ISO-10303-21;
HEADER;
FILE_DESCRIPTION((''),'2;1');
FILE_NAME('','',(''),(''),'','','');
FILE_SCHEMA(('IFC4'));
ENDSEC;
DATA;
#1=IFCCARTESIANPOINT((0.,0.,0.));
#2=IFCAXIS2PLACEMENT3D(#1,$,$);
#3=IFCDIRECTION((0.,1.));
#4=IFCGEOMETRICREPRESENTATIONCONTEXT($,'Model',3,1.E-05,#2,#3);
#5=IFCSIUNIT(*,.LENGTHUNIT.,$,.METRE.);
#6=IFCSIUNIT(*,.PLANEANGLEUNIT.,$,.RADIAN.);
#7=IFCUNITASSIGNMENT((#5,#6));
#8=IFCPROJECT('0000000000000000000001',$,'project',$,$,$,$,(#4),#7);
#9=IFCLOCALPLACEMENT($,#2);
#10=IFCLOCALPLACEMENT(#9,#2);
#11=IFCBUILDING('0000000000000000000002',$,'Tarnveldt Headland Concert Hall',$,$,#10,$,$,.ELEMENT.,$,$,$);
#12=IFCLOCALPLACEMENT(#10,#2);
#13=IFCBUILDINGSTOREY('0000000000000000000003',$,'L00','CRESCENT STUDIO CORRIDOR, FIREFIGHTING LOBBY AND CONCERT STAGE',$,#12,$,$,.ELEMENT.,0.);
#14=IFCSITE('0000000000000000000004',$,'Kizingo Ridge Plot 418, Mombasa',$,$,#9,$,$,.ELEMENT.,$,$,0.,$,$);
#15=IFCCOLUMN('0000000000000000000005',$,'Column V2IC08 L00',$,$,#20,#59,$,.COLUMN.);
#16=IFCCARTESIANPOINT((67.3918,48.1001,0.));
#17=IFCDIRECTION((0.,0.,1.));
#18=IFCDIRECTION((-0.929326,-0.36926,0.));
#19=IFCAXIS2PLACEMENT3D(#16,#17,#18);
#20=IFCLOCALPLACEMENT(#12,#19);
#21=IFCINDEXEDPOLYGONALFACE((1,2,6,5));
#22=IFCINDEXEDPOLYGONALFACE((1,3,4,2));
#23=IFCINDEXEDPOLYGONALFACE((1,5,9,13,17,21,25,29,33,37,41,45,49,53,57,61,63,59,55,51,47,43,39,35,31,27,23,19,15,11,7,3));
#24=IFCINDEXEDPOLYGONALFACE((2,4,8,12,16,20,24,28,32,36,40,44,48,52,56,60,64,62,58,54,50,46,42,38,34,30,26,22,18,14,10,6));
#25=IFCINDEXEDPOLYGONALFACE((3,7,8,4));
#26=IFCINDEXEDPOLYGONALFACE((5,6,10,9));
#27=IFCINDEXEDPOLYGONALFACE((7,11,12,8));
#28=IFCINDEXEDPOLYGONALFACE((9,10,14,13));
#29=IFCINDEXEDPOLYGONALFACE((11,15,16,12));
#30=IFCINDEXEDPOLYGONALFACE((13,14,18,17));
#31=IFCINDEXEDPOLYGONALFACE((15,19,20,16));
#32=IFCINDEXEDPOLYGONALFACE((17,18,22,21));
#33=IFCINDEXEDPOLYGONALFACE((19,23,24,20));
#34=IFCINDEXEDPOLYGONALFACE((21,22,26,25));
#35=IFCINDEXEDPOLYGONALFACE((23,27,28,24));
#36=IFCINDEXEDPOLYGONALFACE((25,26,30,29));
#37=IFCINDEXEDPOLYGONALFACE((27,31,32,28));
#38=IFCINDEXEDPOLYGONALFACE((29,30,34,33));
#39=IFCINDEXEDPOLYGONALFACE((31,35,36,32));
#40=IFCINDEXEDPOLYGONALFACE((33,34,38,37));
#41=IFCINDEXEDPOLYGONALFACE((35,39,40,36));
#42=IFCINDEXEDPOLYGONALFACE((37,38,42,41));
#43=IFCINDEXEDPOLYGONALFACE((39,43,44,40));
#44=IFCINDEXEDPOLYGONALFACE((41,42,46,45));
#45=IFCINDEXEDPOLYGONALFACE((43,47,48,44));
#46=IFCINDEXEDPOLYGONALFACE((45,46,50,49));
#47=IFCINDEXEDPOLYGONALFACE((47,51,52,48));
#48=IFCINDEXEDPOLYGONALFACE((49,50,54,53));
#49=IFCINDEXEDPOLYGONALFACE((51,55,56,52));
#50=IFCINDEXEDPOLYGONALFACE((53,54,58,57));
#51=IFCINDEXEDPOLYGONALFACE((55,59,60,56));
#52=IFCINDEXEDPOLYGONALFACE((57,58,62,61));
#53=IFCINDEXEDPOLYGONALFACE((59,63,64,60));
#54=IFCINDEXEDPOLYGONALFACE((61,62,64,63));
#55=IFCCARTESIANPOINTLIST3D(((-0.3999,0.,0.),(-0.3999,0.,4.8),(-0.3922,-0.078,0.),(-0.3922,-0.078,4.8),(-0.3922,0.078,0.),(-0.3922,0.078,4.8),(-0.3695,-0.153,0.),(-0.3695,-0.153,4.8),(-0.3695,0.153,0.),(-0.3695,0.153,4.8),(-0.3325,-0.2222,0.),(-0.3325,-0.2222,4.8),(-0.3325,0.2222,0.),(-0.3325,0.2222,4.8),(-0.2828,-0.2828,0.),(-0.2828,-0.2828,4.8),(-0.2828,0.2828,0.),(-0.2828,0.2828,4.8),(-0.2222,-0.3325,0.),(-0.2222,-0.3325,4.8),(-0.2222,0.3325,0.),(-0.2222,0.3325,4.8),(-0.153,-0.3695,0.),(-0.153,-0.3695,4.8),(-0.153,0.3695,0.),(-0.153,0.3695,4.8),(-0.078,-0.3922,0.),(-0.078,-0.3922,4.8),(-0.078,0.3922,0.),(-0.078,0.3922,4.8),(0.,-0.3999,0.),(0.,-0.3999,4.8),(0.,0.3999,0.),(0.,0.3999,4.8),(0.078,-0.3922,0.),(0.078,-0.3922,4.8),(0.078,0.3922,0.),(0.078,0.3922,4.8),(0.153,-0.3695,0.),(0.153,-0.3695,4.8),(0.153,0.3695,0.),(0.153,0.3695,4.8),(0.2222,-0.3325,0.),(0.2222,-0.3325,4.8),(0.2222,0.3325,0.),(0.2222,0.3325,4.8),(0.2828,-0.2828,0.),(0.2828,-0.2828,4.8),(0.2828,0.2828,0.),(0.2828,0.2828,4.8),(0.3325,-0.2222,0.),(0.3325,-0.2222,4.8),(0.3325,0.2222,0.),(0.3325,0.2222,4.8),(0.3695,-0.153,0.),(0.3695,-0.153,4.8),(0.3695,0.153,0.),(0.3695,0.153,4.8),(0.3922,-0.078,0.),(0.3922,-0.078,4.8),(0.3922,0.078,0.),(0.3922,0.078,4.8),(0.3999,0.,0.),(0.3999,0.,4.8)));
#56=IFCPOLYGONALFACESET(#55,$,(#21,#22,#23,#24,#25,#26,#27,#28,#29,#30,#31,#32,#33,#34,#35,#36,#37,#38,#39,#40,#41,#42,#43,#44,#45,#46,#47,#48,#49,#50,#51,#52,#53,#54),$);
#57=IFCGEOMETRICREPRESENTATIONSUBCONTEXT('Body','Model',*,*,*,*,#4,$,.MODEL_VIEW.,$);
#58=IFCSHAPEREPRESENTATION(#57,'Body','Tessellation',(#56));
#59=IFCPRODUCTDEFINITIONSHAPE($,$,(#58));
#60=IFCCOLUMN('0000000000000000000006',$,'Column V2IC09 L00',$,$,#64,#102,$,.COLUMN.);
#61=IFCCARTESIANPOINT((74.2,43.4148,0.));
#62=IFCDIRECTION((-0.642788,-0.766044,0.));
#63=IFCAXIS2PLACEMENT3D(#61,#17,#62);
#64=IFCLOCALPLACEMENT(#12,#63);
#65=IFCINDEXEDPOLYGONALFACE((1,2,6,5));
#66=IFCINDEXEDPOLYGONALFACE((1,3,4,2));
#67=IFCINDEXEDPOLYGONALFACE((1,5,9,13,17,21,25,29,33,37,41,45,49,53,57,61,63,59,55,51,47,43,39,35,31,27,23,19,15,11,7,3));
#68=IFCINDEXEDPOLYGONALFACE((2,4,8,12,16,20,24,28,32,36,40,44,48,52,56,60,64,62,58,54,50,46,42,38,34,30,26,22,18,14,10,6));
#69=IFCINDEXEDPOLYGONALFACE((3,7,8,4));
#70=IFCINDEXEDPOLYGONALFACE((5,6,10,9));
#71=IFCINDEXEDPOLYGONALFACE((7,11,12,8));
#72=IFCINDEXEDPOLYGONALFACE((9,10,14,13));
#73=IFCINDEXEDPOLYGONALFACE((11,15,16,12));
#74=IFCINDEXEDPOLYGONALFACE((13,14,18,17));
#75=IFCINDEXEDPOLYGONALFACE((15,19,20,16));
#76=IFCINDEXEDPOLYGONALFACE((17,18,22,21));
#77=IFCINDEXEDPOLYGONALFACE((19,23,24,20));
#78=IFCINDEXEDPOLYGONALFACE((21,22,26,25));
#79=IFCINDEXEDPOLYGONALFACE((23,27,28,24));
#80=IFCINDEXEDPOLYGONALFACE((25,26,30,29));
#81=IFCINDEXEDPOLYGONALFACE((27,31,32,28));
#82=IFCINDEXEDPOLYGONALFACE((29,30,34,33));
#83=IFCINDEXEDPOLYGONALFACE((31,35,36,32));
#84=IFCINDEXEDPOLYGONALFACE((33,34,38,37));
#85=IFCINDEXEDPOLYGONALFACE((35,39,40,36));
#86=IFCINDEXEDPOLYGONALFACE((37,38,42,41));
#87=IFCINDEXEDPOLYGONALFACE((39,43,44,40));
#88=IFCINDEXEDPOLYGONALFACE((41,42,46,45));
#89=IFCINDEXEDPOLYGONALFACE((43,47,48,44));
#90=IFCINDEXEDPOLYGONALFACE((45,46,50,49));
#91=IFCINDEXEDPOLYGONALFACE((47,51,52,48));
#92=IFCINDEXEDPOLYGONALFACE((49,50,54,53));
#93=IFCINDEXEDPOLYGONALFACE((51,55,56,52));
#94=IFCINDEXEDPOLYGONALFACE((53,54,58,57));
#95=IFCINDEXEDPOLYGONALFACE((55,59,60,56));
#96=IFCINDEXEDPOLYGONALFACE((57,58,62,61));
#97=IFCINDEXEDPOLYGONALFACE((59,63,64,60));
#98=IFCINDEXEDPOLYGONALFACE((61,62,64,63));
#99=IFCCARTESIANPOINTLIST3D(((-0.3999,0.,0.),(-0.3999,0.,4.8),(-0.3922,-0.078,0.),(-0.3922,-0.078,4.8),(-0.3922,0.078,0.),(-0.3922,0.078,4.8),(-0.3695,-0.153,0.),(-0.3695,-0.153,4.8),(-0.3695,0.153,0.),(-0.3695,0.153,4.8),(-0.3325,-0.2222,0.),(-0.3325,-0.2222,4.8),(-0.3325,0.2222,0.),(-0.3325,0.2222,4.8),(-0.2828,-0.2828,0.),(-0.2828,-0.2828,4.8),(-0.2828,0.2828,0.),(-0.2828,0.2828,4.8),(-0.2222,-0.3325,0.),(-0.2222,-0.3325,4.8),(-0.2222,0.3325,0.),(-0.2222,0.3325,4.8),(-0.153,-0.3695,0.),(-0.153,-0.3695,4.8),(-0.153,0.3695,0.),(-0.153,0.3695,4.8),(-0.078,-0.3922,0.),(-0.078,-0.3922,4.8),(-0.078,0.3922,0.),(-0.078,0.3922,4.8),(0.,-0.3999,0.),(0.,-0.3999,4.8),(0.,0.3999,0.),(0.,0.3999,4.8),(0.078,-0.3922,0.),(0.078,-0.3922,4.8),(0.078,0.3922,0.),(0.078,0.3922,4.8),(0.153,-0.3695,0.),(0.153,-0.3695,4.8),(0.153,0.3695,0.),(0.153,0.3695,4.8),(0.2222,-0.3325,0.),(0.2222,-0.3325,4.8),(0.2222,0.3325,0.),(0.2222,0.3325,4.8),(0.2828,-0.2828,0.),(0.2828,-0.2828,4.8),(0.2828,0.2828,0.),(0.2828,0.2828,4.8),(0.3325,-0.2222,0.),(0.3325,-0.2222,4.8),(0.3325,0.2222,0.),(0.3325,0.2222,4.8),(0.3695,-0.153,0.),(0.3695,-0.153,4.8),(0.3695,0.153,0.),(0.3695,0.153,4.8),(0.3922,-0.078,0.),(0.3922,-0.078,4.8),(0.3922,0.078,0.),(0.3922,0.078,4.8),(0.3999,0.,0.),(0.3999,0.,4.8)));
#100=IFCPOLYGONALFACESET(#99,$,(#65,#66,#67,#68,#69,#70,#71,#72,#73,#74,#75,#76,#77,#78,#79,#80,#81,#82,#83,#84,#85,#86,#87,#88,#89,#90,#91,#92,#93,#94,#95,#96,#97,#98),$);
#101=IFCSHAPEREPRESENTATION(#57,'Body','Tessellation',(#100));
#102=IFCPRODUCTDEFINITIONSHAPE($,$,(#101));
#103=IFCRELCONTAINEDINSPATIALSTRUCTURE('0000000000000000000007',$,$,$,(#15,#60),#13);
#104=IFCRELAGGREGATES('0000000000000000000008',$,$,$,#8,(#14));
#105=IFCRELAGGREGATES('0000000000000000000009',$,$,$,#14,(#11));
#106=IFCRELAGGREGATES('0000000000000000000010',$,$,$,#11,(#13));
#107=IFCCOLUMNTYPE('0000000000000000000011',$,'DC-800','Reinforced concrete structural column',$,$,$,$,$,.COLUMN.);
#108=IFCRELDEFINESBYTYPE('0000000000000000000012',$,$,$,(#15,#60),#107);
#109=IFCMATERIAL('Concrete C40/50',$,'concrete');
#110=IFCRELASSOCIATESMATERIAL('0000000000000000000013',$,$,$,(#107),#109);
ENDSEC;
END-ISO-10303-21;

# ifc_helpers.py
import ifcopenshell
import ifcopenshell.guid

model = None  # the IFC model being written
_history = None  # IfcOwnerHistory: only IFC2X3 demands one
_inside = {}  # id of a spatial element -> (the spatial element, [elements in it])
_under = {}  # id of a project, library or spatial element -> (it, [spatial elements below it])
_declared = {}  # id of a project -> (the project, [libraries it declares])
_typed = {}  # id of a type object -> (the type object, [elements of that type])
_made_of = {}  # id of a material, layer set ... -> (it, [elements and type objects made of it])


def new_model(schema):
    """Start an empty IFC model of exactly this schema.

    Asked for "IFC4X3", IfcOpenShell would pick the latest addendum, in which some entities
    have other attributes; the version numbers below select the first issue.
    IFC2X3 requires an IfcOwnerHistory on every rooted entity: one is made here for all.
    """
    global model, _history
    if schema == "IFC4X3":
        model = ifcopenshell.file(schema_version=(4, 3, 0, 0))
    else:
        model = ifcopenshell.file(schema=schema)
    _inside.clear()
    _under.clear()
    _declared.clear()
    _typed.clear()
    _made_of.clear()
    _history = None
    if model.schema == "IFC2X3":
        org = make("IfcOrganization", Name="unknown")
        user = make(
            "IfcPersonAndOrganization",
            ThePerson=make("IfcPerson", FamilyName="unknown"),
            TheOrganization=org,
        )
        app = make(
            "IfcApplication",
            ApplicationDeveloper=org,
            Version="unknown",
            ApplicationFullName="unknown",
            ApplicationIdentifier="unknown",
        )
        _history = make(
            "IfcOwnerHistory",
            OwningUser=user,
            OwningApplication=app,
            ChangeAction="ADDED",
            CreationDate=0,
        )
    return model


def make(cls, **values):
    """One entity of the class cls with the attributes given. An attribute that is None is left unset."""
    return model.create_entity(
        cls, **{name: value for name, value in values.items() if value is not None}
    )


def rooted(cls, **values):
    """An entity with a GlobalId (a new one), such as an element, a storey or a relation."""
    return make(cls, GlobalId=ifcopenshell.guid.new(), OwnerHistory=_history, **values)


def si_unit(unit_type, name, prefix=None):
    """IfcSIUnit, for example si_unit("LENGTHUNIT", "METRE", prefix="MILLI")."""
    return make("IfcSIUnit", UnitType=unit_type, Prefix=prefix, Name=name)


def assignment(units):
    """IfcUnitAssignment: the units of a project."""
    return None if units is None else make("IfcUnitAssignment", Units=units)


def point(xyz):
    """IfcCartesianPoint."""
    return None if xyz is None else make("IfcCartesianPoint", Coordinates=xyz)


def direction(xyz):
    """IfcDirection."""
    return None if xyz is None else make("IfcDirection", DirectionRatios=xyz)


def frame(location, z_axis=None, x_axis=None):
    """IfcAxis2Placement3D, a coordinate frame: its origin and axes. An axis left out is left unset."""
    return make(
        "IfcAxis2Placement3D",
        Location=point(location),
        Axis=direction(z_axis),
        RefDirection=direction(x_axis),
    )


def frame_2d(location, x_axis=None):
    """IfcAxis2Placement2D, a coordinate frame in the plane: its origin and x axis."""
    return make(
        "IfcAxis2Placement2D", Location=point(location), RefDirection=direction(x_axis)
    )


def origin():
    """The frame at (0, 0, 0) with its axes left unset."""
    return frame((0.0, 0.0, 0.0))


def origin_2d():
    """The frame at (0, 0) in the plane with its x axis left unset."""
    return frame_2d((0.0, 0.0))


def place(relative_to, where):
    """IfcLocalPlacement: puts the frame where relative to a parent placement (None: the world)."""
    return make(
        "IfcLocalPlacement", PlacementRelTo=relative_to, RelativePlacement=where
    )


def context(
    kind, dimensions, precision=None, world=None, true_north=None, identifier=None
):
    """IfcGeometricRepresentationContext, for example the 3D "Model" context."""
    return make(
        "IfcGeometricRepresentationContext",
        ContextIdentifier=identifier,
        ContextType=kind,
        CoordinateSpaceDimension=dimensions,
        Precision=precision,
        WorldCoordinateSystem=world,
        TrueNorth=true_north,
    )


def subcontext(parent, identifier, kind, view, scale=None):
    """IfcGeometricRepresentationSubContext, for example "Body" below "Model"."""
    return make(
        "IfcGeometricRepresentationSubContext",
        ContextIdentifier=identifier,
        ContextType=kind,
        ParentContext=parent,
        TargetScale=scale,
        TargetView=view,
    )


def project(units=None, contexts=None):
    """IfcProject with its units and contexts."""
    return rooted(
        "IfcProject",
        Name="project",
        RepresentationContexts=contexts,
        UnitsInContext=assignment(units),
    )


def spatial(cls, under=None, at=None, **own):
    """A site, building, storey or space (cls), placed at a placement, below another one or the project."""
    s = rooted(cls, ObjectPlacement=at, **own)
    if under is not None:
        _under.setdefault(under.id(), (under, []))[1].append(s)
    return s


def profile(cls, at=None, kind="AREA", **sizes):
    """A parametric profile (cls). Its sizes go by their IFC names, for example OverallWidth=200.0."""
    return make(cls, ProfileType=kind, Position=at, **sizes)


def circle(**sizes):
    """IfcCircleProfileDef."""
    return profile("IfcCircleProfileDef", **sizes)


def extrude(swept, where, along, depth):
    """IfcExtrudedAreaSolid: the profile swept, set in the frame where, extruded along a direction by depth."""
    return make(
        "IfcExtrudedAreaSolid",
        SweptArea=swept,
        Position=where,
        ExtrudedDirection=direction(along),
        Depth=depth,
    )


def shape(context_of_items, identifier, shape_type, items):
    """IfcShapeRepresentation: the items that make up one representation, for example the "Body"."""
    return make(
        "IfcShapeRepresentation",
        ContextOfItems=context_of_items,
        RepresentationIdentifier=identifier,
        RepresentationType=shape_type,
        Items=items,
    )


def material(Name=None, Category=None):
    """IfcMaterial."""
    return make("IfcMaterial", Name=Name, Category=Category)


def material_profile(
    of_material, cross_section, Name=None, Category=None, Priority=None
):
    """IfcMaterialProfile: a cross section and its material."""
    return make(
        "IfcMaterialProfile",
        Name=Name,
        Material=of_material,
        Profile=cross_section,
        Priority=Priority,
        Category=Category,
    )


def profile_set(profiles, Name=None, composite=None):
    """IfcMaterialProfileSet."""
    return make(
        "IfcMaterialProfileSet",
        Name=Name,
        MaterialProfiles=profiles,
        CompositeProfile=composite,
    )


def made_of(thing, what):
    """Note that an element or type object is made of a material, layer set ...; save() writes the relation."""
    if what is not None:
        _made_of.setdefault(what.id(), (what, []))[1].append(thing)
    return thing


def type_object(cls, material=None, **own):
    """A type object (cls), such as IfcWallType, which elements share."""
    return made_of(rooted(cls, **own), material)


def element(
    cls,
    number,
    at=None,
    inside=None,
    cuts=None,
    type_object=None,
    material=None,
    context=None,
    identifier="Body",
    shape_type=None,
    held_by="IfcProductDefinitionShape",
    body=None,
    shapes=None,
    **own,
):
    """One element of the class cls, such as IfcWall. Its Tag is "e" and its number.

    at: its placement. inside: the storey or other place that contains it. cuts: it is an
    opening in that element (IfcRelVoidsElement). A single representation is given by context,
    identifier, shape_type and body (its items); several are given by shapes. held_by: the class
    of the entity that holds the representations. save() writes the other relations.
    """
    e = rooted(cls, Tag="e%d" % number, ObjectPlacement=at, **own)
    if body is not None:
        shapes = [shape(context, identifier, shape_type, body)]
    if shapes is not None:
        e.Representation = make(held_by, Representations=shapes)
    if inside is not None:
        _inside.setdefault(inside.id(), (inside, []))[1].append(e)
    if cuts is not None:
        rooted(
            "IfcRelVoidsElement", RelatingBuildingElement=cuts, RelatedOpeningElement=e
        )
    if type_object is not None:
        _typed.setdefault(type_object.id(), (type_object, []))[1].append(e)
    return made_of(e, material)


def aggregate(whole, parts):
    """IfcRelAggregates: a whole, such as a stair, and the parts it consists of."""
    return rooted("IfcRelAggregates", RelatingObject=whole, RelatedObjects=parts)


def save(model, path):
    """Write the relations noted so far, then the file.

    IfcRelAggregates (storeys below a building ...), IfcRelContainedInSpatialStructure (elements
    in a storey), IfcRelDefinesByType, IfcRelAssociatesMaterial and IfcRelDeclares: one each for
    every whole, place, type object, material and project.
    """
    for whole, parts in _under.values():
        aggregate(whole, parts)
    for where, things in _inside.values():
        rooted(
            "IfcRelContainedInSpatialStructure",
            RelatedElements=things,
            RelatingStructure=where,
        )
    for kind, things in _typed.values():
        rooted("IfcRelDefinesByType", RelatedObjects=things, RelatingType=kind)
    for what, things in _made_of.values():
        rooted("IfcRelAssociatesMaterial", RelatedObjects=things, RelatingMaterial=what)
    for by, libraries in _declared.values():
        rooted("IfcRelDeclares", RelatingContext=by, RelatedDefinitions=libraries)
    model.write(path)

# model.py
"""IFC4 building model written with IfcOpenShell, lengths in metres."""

from ifc_helpers import new_model, si_unit, direction, frame, origin, origin_2d, place, context, subcontext, project, spatial, circle, extrude, material, material_profile, profile_set, type_object, element, save


model = new_model("IFC4")

# Units and contexts
model_context = context("Model", 3, precision=1e-05, world=origin(), true_north=direction((0.0, 1.0)))
body_context = subcontext(model_context, "Body", "Model", "MODEL_VIEW")
ifc_project = project(units=[si_unit("LENGTHUNIT", "METRE"), si_unit("PLANEANGLEUNIT", "RADIAN")], contexts=[model_context])

# Site, building, storey
site_placement = place(None, origin())
site = spatial("IfcSite", under=ifc_project, at=site_placement, Name="Kizingo Ridge Plot 418, Mombasa", CompositionType="ELEMENT", RefElevation=0.0)
building_placement = place(site_placement, origin())
building = spatial("IfcBuilding", under=site, at=building_placement, Name="Tarnveldt Headland Concert Hall", CompositionType="ELEMENT")
storey_placement = place(building_placement, origin())
storey = spatial("IfcBuildingStorey", under=building, at=storey_placement, Name="L00", Description="CRESCENT STUDIO CORRIDOR, FIREFIGHTING LOBBY AND CONCERT STAGE", CompositionType="ELEMENT", Elevation=0.0)

# Columns
ifc_material_1 = material(Name="Concrete C40/50", Category="concrete")
ifc_material_profile_1 = material_profile(ifc_material_1, circle(Radius=0.3999, at=origin_2d()), Name="RC D800", Category="concrete")
ifc_profile_set_1 = profile_set([ifc_material_profile_1], Name="Concrete C40/50")
column_type_1 = type_object("IfcColumnType", Name="DC-800", Description="Reinforced concrete structural column", PredefinedType="COLUMN", material=ifc_profile_set_1)
for number, where, z_axis, x_axis, name in (
    (1, (67.3918, 48.1001, 0.0), (0.0, 0.0, 1.0), (-0.929326, -0.36926, 0.0), "Column V2IC08 L00"),
    (2, (74.2, 43.4148, 0.0), (0.0, 0.0, 1.0), (-0.642788, -0.766044, 0.0), "Column V2IC09 L00"),
):
    element("IfcColumn", number, at=place(storey_placement, frame(where, z_axis=z_axis, x_axis=x_axis)), inside=storey, type_object=column_type_1, Name=name, PredefinedType="COLUMN", context=body_context, shape_type="SweptSolid", body=[
        extrude(circle(Radius=0.3999, at=origin_2d()), origin(), (0.0, 0.0, 1.0), 4.8),
    ])

save(model, "model.ifc")
